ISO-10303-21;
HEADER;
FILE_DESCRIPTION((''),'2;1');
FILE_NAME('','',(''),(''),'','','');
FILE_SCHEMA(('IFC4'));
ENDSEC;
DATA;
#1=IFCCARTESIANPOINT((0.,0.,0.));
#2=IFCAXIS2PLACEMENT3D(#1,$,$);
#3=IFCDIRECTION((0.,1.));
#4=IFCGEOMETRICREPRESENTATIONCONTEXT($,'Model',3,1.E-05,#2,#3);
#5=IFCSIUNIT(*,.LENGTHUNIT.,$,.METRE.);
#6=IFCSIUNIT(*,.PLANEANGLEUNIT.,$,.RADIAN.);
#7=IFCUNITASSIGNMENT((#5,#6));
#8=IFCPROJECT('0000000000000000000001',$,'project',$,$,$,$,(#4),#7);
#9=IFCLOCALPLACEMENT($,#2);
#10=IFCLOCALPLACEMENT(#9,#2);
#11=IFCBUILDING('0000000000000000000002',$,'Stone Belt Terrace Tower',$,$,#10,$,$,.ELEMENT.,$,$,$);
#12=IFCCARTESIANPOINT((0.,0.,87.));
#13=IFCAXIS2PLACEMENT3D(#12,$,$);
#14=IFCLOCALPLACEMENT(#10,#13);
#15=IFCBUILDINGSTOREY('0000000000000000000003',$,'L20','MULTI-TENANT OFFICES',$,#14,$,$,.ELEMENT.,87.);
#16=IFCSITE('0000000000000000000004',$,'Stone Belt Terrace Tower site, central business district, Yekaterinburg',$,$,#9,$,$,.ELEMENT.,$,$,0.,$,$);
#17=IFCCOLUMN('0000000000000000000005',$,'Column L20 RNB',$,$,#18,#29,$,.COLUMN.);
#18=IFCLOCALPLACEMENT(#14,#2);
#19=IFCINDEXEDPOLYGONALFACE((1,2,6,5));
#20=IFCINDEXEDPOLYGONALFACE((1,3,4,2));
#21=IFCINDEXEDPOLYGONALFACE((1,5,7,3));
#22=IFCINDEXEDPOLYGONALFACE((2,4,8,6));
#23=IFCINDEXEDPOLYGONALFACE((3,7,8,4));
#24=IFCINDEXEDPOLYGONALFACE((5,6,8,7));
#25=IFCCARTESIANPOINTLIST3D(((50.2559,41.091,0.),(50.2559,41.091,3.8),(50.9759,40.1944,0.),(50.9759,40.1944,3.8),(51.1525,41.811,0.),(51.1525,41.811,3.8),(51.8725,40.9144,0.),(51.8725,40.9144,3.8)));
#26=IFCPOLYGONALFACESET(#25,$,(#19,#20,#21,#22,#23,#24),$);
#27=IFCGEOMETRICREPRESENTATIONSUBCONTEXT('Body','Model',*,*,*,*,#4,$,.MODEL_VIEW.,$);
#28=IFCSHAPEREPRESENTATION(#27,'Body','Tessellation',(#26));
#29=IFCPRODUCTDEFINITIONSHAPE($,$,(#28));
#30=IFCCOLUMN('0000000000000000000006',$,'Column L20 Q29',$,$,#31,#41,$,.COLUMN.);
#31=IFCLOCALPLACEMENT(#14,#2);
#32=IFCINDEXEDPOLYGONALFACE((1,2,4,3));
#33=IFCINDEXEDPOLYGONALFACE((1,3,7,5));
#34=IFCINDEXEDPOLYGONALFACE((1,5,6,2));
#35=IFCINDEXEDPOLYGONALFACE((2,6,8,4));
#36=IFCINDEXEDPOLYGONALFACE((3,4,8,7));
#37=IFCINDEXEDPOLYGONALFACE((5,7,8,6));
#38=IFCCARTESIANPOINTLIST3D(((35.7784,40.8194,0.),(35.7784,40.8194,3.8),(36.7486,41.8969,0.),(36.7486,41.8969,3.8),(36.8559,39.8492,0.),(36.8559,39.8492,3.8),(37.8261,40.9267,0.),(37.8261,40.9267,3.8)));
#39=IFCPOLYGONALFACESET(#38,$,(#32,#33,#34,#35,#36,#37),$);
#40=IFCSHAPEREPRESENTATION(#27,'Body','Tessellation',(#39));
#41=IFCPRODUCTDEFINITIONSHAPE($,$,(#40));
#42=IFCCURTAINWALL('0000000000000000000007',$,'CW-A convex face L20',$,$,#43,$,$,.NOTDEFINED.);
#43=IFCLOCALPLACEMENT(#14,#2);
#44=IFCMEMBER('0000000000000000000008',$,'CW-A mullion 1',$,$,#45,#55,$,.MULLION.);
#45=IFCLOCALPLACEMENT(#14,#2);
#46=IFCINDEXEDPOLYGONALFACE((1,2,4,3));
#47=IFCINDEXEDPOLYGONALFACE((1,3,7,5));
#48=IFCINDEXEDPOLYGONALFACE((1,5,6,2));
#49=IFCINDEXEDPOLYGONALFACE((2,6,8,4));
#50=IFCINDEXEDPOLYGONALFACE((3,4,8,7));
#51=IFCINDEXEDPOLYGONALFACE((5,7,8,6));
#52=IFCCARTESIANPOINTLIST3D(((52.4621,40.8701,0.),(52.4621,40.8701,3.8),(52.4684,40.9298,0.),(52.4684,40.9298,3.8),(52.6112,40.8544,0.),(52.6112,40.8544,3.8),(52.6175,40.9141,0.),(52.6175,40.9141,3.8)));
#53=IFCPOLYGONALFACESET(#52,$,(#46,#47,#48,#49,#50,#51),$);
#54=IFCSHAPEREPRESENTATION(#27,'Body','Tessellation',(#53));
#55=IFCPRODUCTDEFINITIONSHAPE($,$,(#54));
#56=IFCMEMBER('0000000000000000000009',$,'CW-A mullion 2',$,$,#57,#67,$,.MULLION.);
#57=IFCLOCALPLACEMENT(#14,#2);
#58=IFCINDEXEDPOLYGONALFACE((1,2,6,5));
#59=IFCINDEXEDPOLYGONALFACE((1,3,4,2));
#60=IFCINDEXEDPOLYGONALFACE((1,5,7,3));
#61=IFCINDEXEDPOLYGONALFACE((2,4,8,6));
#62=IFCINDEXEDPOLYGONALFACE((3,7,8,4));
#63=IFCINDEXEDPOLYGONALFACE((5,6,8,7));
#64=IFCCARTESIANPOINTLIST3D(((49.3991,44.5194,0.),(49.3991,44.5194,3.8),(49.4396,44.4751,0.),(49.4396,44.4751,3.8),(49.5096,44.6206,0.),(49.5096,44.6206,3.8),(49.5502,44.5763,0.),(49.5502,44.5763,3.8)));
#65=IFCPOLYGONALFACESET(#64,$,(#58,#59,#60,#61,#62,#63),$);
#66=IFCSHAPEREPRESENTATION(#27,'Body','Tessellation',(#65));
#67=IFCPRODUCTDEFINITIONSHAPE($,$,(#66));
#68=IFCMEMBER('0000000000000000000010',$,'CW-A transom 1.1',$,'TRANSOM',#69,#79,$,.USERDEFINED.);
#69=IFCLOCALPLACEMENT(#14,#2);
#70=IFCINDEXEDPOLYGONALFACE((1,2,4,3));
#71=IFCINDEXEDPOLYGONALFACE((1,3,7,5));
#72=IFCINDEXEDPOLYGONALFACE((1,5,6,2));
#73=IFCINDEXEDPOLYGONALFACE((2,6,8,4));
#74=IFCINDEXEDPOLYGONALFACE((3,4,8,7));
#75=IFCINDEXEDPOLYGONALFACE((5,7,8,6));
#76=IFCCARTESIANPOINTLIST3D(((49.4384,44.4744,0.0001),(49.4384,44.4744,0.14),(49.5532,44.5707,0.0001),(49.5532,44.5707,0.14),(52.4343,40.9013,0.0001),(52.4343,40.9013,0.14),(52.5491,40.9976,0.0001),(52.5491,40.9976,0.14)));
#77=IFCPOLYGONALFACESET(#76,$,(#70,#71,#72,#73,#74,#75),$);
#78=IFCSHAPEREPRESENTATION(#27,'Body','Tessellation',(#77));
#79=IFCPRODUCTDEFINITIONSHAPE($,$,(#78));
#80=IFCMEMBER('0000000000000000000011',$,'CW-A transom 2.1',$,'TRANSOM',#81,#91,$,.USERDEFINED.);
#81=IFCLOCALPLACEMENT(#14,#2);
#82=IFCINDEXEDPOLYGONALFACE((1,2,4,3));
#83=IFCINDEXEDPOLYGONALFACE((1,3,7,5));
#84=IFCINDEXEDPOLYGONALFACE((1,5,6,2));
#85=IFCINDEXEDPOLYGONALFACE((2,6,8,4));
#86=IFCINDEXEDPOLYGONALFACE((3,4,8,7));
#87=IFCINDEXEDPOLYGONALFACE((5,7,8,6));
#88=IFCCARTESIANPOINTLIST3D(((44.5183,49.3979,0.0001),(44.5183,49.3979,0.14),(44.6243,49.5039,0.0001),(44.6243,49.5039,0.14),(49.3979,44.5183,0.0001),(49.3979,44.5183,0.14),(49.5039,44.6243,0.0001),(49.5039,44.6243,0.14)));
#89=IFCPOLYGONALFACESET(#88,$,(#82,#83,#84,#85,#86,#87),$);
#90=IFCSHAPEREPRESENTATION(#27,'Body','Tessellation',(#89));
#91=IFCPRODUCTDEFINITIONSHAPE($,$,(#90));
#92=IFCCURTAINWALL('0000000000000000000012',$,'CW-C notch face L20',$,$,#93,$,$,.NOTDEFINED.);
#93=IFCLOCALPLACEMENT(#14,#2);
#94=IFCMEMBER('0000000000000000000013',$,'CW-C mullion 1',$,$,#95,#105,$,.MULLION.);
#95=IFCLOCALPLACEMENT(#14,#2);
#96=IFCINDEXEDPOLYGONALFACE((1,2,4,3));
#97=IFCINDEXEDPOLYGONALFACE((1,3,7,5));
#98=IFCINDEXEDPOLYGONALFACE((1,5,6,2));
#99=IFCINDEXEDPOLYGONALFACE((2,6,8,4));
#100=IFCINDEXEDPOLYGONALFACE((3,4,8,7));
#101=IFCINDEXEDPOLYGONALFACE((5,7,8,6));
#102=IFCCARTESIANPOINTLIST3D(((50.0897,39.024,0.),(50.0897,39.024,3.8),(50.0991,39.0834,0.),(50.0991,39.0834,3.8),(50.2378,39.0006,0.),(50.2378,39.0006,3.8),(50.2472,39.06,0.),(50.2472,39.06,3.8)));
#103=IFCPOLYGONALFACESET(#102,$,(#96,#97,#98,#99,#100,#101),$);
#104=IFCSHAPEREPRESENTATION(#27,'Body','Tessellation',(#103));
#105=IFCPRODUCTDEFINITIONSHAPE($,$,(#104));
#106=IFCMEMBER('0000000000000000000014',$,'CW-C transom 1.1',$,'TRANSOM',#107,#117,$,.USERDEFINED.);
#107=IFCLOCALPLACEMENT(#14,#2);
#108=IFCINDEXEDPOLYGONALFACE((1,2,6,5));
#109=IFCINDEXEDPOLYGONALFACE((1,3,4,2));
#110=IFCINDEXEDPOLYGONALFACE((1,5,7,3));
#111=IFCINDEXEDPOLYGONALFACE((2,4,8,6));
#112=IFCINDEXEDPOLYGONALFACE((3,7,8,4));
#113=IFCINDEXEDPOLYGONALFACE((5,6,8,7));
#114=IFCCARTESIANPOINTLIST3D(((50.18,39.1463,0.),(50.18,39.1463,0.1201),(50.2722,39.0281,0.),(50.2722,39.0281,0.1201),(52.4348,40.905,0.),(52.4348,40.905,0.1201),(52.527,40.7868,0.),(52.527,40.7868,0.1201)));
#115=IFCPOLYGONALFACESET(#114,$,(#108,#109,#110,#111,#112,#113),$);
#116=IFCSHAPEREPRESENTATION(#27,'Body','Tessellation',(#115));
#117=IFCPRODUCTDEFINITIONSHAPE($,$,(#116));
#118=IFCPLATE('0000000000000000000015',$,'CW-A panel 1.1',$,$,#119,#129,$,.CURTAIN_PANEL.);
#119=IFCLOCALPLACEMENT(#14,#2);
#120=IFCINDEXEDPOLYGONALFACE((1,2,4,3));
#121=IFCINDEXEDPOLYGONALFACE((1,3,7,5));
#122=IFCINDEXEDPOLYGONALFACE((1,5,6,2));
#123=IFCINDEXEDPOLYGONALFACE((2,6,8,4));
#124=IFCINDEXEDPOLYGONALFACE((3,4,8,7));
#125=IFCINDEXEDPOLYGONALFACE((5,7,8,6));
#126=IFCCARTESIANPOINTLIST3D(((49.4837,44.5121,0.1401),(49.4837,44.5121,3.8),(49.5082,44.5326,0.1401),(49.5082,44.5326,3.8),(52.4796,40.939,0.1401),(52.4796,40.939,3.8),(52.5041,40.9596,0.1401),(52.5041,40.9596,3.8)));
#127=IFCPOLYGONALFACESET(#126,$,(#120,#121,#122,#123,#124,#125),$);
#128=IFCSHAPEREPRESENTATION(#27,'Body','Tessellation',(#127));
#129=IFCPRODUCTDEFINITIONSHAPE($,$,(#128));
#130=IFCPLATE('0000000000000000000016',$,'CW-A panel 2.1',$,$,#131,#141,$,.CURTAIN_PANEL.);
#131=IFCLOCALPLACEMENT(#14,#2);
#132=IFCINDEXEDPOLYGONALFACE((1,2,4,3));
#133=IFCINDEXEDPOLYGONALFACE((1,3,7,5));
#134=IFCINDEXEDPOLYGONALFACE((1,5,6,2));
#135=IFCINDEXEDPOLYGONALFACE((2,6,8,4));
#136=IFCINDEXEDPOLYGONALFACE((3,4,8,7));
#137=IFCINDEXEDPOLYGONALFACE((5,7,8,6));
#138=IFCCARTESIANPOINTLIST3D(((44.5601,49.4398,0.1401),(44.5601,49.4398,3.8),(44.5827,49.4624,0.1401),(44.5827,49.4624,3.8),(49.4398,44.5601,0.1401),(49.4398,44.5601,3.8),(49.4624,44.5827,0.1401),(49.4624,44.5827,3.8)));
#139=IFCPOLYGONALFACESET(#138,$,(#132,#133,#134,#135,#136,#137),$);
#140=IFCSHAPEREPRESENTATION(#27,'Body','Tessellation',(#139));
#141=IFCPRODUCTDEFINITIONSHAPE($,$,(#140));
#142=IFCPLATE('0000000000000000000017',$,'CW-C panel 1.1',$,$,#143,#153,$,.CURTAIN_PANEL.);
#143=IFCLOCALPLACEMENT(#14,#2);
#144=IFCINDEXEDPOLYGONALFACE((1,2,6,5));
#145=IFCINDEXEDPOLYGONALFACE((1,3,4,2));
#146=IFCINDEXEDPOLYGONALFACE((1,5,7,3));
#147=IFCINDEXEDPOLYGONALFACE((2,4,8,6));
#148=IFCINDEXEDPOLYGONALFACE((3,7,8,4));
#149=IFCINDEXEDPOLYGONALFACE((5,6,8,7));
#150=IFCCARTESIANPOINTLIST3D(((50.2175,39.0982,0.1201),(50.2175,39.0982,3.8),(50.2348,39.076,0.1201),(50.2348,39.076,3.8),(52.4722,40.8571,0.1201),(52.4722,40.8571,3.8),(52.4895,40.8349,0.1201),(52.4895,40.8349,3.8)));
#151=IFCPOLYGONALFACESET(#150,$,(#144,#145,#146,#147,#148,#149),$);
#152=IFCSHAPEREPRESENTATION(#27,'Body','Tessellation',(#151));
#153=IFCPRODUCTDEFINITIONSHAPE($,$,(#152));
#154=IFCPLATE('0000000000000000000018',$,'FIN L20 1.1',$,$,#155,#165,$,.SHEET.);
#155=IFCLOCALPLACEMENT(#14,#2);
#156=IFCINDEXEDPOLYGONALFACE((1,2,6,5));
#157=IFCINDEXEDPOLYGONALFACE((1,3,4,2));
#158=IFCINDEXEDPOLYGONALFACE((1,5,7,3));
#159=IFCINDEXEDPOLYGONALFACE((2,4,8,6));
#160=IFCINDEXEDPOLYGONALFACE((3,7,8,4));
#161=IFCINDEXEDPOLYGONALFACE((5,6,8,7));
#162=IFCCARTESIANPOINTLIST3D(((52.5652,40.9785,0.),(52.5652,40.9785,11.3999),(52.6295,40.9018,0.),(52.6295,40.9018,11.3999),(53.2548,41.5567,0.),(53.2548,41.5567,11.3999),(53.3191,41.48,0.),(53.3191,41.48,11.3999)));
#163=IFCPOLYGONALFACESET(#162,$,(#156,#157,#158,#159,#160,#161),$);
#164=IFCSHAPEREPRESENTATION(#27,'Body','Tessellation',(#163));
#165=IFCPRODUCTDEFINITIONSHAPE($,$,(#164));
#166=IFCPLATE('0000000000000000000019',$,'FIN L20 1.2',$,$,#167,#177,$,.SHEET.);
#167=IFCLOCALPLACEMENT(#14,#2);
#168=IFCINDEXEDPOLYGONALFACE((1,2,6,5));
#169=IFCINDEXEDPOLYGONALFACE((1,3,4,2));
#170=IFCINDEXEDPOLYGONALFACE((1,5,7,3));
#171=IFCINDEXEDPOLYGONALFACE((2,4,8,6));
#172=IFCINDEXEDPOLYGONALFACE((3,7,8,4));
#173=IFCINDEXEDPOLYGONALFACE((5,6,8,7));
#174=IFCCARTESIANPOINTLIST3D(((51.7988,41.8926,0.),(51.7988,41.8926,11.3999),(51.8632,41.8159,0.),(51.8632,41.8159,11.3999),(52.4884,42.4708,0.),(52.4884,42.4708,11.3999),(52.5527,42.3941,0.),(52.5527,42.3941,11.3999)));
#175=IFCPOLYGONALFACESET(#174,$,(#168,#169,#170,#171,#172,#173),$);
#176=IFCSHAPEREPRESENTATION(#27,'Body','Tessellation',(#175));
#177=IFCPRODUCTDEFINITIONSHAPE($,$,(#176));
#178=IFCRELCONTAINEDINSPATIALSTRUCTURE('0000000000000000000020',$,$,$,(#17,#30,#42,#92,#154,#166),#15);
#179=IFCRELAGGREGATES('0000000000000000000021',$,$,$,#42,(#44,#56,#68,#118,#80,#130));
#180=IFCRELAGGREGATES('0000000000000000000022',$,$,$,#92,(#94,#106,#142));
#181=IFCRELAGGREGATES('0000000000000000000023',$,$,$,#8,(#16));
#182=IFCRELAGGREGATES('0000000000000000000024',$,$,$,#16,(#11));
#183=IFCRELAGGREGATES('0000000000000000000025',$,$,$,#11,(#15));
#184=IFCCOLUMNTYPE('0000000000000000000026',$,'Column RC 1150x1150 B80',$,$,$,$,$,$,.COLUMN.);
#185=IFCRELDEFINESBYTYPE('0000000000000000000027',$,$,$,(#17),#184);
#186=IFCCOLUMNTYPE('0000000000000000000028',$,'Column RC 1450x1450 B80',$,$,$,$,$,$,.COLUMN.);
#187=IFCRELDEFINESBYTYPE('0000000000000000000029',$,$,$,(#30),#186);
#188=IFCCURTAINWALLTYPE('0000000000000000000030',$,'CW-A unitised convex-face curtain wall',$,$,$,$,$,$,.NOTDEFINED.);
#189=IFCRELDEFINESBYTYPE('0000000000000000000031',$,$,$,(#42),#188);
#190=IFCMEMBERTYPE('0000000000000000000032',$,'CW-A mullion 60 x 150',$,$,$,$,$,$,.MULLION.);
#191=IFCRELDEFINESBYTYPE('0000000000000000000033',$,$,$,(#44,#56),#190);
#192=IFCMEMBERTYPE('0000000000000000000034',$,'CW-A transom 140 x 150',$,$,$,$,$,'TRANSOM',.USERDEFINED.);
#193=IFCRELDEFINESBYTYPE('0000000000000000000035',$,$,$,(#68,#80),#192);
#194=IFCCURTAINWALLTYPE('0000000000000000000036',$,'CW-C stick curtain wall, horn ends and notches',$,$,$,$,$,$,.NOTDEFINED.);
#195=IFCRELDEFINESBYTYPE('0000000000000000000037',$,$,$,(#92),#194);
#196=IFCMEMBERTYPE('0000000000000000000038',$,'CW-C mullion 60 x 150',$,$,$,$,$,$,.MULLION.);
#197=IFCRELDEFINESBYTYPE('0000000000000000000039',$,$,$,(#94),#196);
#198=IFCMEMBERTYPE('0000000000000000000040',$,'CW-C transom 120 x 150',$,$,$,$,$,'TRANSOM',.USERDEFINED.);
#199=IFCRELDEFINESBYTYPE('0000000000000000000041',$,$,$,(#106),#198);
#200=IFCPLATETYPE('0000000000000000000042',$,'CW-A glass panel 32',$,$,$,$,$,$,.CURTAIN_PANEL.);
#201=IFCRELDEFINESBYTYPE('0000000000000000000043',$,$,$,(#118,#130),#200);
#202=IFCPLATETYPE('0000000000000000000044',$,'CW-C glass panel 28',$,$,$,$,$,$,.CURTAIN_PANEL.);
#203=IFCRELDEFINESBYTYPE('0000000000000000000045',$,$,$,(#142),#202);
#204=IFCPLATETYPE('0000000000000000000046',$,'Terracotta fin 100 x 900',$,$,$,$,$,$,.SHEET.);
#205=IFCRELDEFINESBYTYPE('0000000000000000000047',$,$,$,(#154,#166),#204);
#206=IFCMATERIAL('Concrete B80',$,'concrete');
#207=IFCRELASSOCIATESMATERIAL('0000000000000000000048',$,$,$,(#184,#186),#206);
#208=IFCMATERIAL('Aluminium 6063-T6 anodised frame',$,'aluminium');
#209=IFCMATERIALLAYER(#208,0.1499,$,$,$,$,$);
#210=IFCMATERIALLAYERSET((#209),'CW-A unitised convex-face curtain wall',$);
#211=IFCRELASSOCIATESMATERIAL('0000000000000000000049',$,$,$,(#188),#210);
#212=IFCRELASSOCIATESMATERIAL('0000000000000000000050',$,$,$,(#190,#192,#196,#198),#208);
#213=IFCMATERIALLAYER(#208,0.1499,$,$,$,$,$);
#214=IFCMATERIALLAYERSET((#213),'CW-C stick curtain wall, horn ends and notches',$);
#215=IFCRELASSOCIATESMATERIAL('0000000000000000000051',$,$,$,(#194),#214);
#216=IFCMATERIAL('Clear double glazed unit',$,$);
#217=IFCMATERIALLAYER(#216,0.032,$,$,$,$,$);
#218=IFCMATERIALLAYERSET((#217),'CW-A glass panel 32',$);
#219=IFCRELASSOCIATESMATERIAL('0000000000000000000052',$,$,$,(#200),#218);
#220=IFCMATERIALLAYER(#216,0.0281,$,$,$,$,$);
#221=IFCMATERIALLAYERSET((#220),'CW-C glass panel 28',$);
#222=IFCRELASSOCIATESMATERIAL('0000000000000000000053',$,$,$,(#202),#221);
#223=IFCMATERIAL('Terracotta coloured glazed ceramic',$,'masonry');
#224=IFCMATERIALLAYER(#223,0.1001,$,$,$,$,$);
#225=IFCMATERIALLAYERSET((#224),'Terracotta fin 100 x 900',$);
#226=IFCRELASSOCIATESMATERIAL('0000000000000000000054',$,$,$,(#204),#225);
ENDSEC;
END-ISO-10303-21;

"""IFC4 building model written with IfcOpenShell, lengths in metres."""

from ifc_helpers import new_model, si_unit, direction, frame, origin, origin_2d, place, context, subcontext, project, spatial, rectangle, extrude, material, layer, layer_set, material_profile, profile_set, type_object, element, aggregate, save


model = new_model("IFC4")

# Units and contexts
model_context = context("Model", 3, precision=1e-05, world=origin(), true_north=direction((0.0, 1.0)))
body_context = subcontext(model_context, "Body", "Model", "MODEL_VIEW")
ifc_project = project(units=[si_unit("LENGTHUNIT", "METRE"), si_unit("PLANEANGLEUNIT", "RADIAN")], contexts=[model_context])

# Site, building, storey
site_placement = place(None, origin())
site = spatial("IfcSite", under=ifc_project, at=site_placement, Name="Stone Belt Terrace Tower site, central business district, Yekaterinburg", CompositionType="ELEMENT", RefElevation=0.0)
building_placement = place(site_placement, origin())
building = spatial("IfcBuilding", under=site, at=building_placement, Name="Stone Belt Terrace Tower", CompositionType="ELEMENT")
storey_placement = place(building_placement, frame((0.0, 0.0, 87.0)))
storey = spatial("IfcBuildingStorey", under=building, at=storey_placement, Name="L20", Description="MULTI-TENANT OFFICES", CompositionType="ELEMENT", Elevation=87.0)

# Columns
ifc_material_1 = material(Name="Concrete B80", Category="concrete")
ifc_material_profile_1 = material_profile(ifc_material_1, rectangle(XDim=1.1499, YDim=1.1499, at=origin_2d()), Name="RC 1150x1150")
ifc_profile_set_1 = profile_set([ifc_material_profile_1], Name="Concrete B80")
column_type_1 = type_object("IfcColumnType", Name="Column RC 1150x1150 B80", PredefinedType="COLUMN", material=ifc_profile_set_1)
column_1_placement = place(storey_placement, frame((51.0642, 41.0027, 0.0), z_axis=(0.0, 0.0, 1.0), x_axis=(0.626104, -0.779739, 0.0)))
element("IfcColumn", 1, at=column_1_placement, inside=storey, type_object=column_type_1, Name="Column L20 RNB", PredefinedType="COLUMN", context=body_context, shape_type="SweptSolid", body=[
    extrude(rectangle(XDim=1.1499, YDim=1.1499, at=origin_2d()), origin(), (0.0, 0.0, 1.0), 3.8),
])
ifc_material_profile_2 = material_profile(ifc_material_1, rectangle(XDim=1.45, YDim=1.45, at=origin_2d()), Name="RC 1450x1450")
ifc_profile_set_2 = profile_set([ifc_material_profile_2], Name="Concrete B80")
column_type_2 = type_object("IfcColumnType", Name="Column RC 1450x1450 B80", PredefinedType="COLUMN", material=ifc_profile_set_2)
column_2_placement = place(storey_placement, frame((36.8022, 40.873, 0.0), z_axis=(0.0, 0.0, 1.0), x_axis=(0.743145, -0.669131, 0.0)))
element("IfcColumn", 2, at=column_2_placement, inside=storey, type_object=column_type_2, Name="Column L20 Q29", PredefinedType="COLUMN", context=body_context, shape_type="SweptSolid", body=[
    extrude(rectangle(XDim=1.45, YDim=1.45, at=origin_2d()), origin(), (0.0, 0.0, 1.0), 3.8),
])

# Curtain walls, members
ifc_material_2 = material(Name="Aluminium 6063-T6 anodised frame", Category="aluminium")
ifc_layer_1 = layer(ifc_material_2, 0.1499)
ifc_layer_set_1 = layer_set([ifc_layer_1], Name="CW-A unitised convex-face curtain wall")
curtain_wall_type_1 = type_object("IfcCurtainWallType", Name="CW-A unitised convex-face curtain wall", PredefinedType="NOTDEFINED", material=ifc_layer_set_1)
curtain_wall_1_placement = place(storey_placement, origin())
curtain_wall_1 = element("IfcCurtainWall", 3, at=curtain_wall_1_placement, inside=storey, type_object=curtain_wall_type_1, Name="CW-A convex face L20", PredefinedType="NOTDEFINED")
ifc_material_profile_3 = material_profile(ifc_material_2, rectangle(XDim=0.1499, YDim=0.0601, at=origin_2d()), Name="Aluminium 6063-T6 60x150")
ifc_profile_set_3 = profile_set([ifc_material_profile_3], Name="Aluminium 6063-T6 anodised frame")
member_type_1 = type_object("IfcMemberType", Name="CW-A mullion 60 x 150", PredefinedType="MULLION", material=ifc_profile_set_3)
member_1_placement = place(storey_placement, frame((52.5398, 40.8921, 0.0), z_axis=(0.0, 0.0, 1.0), x_axis=(-0.994465, 0.105071, 0.0)))
member_1 = element("IfcMember", 4, at=member_1_placement, type_object=member_type_1, Name="CW-A mullion 1", PredefinedType="MULLION", context=body_context, shape_type="SweptSolid", body=[
    extrude(rectangle(XDim=0.1499, YDim=0.0601, at=origin_2d()), origin(), (0.0, 0.0, 1.0), 3.8),
])
member_2_placement = place(storey_placement, frame((49.4746, 44.5479, 0.0), z_axis=(0.0, 0.0, 1.0), x_axis=(-0.7374, -0.675456, 0.0)))
member_2 = element("IfcMember", 5, at=member_2_placement, type_object=member_type_1, Name="CW-A mullion 2", PredefinedType="MULLION", context=body_context, shape_type="SweptSolid", body=[
    extrude(rectangle(XDim=0.1499, YDim=0.0601, at=origin_2d()), origin(), (0.0, 0.0, 1.0), 3.8),
])
ifc_material_profile_4 = material_profile(ifc_material_2, rectangle(XDim=0.1499, YDim=0.1399, at=origin_2d()), Name="Aluminium 6063-T6 150x140")
ifc_profile_set_4 = profile_set([ifc_material_profile_4], Name="Aluminium 6063-T6 anodised frame")
member_type_2 = type_object("IfcMemberType", Name="CW-A transom 140 x 150", ElementType="TRANSOM", PredefinedType="USERDEFINED", material=ifc_profile_set_4)
member_3_placement = place(storey_placement, frame((52.4917, 40.9495, 0.0701), z_axis=(-0.642504, 0.766282, 0.0), x_axis=(-0.766282, -0.642504, 0.0)))
member_3 = element("IfcMember", 6, at=member_3_placement, type_object=member_type_2, Name="CW-A transom 1.1", ObjectType="TRANSOM", PredefinedType="USERDEFINED", context=body_context, shape_type="SweptSolid", body=[
    extrude(rectangle(XDim=0.1499, YDim=0.1399, at=origin_2d()), origin(), (0.0, 0.0, 1.0), 4.6628),
])
member_4_placement = place(storey_placement, frame((49.4509, 44.5713, 0.0701), z_axis=(-0.707107, 0.707107, 0.0), x_axis=(-0.707107, -0.707107, 0.0)))
member_4 = element("IfcMember", 7, at=member_4_placement, type_object=member_type_2, Name="CW-A transom 2.1", ObjectType="TRANSOM", PredefinedType="USERDEFINED", context=body_context, shape_type="SweptSolid", body=[
    extrude(rectangle(XDim=0.1499, YDim=0.1399, at=origin_2d()), origin(), (0.0, 0.0, 1.0), 6.9009),
])
ifc_layer_2 = layer(ifc_material_2, 0.1499)
ifc_layer_set_2 = layer_set([ifc_layer_2], Name="CW-C stick curtain wall, horn ends and notches")
curtain_wall_type_2 = type_object("IfcCurtainWallType", Name="CW-C stick curtain wall, horn ends and notches", PredefinedType="NOTDEFINED", material=ifc_layer_set_2)
curtain_wall_2_placement = place(storey_placement, origin())
curtain_wall_2 = element("IfcCurtainWall", 8, at=curtain_wall_2_placement, inside=storey, type_object=curtain_wall_type_2, Name="CW-C notch face L20", PredefinedType="NOTDEFINED")
ifc_material_profile_5 = material_profile(ifc_material_2, rectangle(XDim=0.1499, YDim=0.0601, at=origin_2d()), Name="Aluminium 6063-T6 60x150")
ifc_profile_set_5 = profile_set([ifc_material_profile_5], Name="Aluminium 6063-T6 anodised frame")
member_type_3 = type_object("IfcMemberType", Name="CW-C mullion 60 x 150", PredefinedType="MULLION", material=ifc_profile_set_5)
member_5_placement = place(storey_placement, frame((50.1685, 39.042, 0.0), z_axis=(0.0, 0.0, 1.0), x_axis=(-0.987742, 0.156094, 0.0)))
member_5 = element("IfcMember", 9, at=member_5_placement, type_object=member_type_3, Name="CW-C mullion 1", PredefinedType="MULLION", context=body_context, shape_type="SweptSolid", body=[
    extrude(rectangle(XDim=0.1499, YDim=0.0601, at=origin_2d()), origin(), (0.0, 0.0, 1.0), 3.8),
])
ifc_material_profile_6 = material_profile(ifc_material_2, rectangle(XDim=0.1499, YDim=0.1201, at=origin_2d()), Name="Aluminium 6063-T6 150x120")
ifc_profile_set_6 = profile_set([ifc_material_profile_6], Name="Aluminium 6063-T6 anodised frame")
member_type_4 = type_object("IfcMemberType", Name="CW-C transom 120 x 150", ElementType="TRANSOM", PredefinedType="USERDEFINED", material=ifc_profile_set_6)
member_6_placement = place(storey_placement, frame((50.2261, 39.0872, 0.0601), z_axis=(0.788506, 0.615028, 0.0), x_axis=(-0.615028, 0.788506, 0.0)))
member_6 = element("IfcMember", 10, at=member_6_placement, type_object=member_type_4, Name="CW-C transom 1.1", ObjectType="TRANSOM", PredefinedType="USERDEFINED", context=body_context, shape_type="SweptSolid", body=[
    extrude(rectangle(XDim=0.1499, YDim=0.1201, at=origin_2d()), origin(), (0.0, 0.0, 1.0), 2.8596),
])

# Plates
ifc_material_3 = material(Name="Clear double glazed unit")
ifc_layer_3 = layer(ifc_material_3, 0.032)
ifc_layer_set_3 = layer_set([ifc_layer_3], Name="CW-A glass panel 32")
plate_type_1 = type_object("IfcPlateType", Name="CW-A glass panel 32", PredefinedType="CURTAIN_PANEL", material=ifc_layer_set_3)
plate_1_placement = place(storey_placement, frame((50.9939, 42.7358, 0.1401), z_axis=(0.0, 0.0, 1.0), x_axis=(-0.642509, 0.766278, 0.0)))
plate_1 = element("IfcPlate", 11, at=plate_1_placement, type_object=plate_type_1, Name="CW-A panel 1.1", PredefinedType="CURTAIN_PANEL", context=body_context, shape_type="SweptSolid", body=[
    extrude(rectangle(XDim=4.6628, YDim=0.032, at=origin_2d()), origin(), (0.0, 0.0, 1.0), 3.6599),
])
plate_2_placement = place(storey_placement, frame((47.0112, 47.0112, 0.1401), z_axis=(0.0, 0.0, 1.0), x_axis=(-0.707107, 0.707107, 0.0)))
plate_2 = element("IfcPlate", 12, at=plate_2_placement, type_object=plate_type_1, Name="CW-A panel 2.1", PredefinedType="CURTAIN_PANEL", context=body_context, shape_type="SweptSolid", body=[
    extrude(rectangle(XDim=6.9009, YDim=0.032, at=origin_2d()), origin(), (0.0, 0.0, 1.0), 3.6599),
])
aggregate(curtain_wall_1, [member_1, member_2, member_3, plate_1, member_4, plate_2])
ifc_layer_4 = layer(ifc_material_3, 0.0281)
ifc_layer_set_4 = layer_set([ifc_layer_4], Name="CW-C glass panel 28")
plate_type_2 = type_object("IfcPlateType", Name="CW-C glass panel 28", PredefinedType="CURTAIN_PANEL", material=ifc_layer_set_4)
plate_3_placement = place(storey_placement, frame((51.3535, 39.9666, 0.1201), z_axis=(0.0, 0.0, 1.0), x_axis=(0.788458, 0.615089, 0.0)))
plate_3 = element("IfcPlate", 13, at=plate_3_placement, type_object=plate_type_2, Name="CW-C panel 1.1", PredefinedType="CURTAIN_PANEL", context=body_context, shape_type="SweptSolid", body=[
    extrude(rectangle(XDim=2.8596, YDim=0.0281, at=origin_2d()), origin(), (0.0, 0.0, 1.0), 3.6799),
])
aggregate(curtain_wall_2, [member_5, member_6, plate_3])

# Plates
ifc_material_4 = material(Name="Terracotta coloured glazed ceramic", Category="masonry")
ifc_layer_5 = layer(ifc_material_4, 0.1001)
ifc_layer_set_5 = layer_set([ifc_layer_5], Name="Terracotta fin 100 x 900")
plate_type_3 = type_object("IfcPlateType", Name="Terracotta fin 100 x 900", PredefinedType="SHEET", material=ifc_layer_set_5)
for number, where, z_axis, x_axis, name in (
    (14, (52.9421, 41.2292, 0.0), (0.0, 0.0, 1.0), (0.766278, 0.642509, 0.0), "FIN L20 1.1"),
    (15, (52.1758, 42.1433, 0.0), (0.0, 0.0, 1.0), (0.766278, 0.642509, 0.0), "FIN L20 1.2"),
):
    element("IfcPlate", number, at=place(storey_placement, frame(where, z_axis=z_axis, x_axis=x_axis)), inside=storey, type_object=plate_type_3, Name=name, PredefinedType="SHEET", context=body_context, shape_type="SweptSolid", body=[
        extrude(rectangle(XDim=0.8999, YDim=0.1001, at=origin_2d()), origin(), (0.0, 0.0, 1.0), 11.3999),
    ])

save(model, "model.ifc")
